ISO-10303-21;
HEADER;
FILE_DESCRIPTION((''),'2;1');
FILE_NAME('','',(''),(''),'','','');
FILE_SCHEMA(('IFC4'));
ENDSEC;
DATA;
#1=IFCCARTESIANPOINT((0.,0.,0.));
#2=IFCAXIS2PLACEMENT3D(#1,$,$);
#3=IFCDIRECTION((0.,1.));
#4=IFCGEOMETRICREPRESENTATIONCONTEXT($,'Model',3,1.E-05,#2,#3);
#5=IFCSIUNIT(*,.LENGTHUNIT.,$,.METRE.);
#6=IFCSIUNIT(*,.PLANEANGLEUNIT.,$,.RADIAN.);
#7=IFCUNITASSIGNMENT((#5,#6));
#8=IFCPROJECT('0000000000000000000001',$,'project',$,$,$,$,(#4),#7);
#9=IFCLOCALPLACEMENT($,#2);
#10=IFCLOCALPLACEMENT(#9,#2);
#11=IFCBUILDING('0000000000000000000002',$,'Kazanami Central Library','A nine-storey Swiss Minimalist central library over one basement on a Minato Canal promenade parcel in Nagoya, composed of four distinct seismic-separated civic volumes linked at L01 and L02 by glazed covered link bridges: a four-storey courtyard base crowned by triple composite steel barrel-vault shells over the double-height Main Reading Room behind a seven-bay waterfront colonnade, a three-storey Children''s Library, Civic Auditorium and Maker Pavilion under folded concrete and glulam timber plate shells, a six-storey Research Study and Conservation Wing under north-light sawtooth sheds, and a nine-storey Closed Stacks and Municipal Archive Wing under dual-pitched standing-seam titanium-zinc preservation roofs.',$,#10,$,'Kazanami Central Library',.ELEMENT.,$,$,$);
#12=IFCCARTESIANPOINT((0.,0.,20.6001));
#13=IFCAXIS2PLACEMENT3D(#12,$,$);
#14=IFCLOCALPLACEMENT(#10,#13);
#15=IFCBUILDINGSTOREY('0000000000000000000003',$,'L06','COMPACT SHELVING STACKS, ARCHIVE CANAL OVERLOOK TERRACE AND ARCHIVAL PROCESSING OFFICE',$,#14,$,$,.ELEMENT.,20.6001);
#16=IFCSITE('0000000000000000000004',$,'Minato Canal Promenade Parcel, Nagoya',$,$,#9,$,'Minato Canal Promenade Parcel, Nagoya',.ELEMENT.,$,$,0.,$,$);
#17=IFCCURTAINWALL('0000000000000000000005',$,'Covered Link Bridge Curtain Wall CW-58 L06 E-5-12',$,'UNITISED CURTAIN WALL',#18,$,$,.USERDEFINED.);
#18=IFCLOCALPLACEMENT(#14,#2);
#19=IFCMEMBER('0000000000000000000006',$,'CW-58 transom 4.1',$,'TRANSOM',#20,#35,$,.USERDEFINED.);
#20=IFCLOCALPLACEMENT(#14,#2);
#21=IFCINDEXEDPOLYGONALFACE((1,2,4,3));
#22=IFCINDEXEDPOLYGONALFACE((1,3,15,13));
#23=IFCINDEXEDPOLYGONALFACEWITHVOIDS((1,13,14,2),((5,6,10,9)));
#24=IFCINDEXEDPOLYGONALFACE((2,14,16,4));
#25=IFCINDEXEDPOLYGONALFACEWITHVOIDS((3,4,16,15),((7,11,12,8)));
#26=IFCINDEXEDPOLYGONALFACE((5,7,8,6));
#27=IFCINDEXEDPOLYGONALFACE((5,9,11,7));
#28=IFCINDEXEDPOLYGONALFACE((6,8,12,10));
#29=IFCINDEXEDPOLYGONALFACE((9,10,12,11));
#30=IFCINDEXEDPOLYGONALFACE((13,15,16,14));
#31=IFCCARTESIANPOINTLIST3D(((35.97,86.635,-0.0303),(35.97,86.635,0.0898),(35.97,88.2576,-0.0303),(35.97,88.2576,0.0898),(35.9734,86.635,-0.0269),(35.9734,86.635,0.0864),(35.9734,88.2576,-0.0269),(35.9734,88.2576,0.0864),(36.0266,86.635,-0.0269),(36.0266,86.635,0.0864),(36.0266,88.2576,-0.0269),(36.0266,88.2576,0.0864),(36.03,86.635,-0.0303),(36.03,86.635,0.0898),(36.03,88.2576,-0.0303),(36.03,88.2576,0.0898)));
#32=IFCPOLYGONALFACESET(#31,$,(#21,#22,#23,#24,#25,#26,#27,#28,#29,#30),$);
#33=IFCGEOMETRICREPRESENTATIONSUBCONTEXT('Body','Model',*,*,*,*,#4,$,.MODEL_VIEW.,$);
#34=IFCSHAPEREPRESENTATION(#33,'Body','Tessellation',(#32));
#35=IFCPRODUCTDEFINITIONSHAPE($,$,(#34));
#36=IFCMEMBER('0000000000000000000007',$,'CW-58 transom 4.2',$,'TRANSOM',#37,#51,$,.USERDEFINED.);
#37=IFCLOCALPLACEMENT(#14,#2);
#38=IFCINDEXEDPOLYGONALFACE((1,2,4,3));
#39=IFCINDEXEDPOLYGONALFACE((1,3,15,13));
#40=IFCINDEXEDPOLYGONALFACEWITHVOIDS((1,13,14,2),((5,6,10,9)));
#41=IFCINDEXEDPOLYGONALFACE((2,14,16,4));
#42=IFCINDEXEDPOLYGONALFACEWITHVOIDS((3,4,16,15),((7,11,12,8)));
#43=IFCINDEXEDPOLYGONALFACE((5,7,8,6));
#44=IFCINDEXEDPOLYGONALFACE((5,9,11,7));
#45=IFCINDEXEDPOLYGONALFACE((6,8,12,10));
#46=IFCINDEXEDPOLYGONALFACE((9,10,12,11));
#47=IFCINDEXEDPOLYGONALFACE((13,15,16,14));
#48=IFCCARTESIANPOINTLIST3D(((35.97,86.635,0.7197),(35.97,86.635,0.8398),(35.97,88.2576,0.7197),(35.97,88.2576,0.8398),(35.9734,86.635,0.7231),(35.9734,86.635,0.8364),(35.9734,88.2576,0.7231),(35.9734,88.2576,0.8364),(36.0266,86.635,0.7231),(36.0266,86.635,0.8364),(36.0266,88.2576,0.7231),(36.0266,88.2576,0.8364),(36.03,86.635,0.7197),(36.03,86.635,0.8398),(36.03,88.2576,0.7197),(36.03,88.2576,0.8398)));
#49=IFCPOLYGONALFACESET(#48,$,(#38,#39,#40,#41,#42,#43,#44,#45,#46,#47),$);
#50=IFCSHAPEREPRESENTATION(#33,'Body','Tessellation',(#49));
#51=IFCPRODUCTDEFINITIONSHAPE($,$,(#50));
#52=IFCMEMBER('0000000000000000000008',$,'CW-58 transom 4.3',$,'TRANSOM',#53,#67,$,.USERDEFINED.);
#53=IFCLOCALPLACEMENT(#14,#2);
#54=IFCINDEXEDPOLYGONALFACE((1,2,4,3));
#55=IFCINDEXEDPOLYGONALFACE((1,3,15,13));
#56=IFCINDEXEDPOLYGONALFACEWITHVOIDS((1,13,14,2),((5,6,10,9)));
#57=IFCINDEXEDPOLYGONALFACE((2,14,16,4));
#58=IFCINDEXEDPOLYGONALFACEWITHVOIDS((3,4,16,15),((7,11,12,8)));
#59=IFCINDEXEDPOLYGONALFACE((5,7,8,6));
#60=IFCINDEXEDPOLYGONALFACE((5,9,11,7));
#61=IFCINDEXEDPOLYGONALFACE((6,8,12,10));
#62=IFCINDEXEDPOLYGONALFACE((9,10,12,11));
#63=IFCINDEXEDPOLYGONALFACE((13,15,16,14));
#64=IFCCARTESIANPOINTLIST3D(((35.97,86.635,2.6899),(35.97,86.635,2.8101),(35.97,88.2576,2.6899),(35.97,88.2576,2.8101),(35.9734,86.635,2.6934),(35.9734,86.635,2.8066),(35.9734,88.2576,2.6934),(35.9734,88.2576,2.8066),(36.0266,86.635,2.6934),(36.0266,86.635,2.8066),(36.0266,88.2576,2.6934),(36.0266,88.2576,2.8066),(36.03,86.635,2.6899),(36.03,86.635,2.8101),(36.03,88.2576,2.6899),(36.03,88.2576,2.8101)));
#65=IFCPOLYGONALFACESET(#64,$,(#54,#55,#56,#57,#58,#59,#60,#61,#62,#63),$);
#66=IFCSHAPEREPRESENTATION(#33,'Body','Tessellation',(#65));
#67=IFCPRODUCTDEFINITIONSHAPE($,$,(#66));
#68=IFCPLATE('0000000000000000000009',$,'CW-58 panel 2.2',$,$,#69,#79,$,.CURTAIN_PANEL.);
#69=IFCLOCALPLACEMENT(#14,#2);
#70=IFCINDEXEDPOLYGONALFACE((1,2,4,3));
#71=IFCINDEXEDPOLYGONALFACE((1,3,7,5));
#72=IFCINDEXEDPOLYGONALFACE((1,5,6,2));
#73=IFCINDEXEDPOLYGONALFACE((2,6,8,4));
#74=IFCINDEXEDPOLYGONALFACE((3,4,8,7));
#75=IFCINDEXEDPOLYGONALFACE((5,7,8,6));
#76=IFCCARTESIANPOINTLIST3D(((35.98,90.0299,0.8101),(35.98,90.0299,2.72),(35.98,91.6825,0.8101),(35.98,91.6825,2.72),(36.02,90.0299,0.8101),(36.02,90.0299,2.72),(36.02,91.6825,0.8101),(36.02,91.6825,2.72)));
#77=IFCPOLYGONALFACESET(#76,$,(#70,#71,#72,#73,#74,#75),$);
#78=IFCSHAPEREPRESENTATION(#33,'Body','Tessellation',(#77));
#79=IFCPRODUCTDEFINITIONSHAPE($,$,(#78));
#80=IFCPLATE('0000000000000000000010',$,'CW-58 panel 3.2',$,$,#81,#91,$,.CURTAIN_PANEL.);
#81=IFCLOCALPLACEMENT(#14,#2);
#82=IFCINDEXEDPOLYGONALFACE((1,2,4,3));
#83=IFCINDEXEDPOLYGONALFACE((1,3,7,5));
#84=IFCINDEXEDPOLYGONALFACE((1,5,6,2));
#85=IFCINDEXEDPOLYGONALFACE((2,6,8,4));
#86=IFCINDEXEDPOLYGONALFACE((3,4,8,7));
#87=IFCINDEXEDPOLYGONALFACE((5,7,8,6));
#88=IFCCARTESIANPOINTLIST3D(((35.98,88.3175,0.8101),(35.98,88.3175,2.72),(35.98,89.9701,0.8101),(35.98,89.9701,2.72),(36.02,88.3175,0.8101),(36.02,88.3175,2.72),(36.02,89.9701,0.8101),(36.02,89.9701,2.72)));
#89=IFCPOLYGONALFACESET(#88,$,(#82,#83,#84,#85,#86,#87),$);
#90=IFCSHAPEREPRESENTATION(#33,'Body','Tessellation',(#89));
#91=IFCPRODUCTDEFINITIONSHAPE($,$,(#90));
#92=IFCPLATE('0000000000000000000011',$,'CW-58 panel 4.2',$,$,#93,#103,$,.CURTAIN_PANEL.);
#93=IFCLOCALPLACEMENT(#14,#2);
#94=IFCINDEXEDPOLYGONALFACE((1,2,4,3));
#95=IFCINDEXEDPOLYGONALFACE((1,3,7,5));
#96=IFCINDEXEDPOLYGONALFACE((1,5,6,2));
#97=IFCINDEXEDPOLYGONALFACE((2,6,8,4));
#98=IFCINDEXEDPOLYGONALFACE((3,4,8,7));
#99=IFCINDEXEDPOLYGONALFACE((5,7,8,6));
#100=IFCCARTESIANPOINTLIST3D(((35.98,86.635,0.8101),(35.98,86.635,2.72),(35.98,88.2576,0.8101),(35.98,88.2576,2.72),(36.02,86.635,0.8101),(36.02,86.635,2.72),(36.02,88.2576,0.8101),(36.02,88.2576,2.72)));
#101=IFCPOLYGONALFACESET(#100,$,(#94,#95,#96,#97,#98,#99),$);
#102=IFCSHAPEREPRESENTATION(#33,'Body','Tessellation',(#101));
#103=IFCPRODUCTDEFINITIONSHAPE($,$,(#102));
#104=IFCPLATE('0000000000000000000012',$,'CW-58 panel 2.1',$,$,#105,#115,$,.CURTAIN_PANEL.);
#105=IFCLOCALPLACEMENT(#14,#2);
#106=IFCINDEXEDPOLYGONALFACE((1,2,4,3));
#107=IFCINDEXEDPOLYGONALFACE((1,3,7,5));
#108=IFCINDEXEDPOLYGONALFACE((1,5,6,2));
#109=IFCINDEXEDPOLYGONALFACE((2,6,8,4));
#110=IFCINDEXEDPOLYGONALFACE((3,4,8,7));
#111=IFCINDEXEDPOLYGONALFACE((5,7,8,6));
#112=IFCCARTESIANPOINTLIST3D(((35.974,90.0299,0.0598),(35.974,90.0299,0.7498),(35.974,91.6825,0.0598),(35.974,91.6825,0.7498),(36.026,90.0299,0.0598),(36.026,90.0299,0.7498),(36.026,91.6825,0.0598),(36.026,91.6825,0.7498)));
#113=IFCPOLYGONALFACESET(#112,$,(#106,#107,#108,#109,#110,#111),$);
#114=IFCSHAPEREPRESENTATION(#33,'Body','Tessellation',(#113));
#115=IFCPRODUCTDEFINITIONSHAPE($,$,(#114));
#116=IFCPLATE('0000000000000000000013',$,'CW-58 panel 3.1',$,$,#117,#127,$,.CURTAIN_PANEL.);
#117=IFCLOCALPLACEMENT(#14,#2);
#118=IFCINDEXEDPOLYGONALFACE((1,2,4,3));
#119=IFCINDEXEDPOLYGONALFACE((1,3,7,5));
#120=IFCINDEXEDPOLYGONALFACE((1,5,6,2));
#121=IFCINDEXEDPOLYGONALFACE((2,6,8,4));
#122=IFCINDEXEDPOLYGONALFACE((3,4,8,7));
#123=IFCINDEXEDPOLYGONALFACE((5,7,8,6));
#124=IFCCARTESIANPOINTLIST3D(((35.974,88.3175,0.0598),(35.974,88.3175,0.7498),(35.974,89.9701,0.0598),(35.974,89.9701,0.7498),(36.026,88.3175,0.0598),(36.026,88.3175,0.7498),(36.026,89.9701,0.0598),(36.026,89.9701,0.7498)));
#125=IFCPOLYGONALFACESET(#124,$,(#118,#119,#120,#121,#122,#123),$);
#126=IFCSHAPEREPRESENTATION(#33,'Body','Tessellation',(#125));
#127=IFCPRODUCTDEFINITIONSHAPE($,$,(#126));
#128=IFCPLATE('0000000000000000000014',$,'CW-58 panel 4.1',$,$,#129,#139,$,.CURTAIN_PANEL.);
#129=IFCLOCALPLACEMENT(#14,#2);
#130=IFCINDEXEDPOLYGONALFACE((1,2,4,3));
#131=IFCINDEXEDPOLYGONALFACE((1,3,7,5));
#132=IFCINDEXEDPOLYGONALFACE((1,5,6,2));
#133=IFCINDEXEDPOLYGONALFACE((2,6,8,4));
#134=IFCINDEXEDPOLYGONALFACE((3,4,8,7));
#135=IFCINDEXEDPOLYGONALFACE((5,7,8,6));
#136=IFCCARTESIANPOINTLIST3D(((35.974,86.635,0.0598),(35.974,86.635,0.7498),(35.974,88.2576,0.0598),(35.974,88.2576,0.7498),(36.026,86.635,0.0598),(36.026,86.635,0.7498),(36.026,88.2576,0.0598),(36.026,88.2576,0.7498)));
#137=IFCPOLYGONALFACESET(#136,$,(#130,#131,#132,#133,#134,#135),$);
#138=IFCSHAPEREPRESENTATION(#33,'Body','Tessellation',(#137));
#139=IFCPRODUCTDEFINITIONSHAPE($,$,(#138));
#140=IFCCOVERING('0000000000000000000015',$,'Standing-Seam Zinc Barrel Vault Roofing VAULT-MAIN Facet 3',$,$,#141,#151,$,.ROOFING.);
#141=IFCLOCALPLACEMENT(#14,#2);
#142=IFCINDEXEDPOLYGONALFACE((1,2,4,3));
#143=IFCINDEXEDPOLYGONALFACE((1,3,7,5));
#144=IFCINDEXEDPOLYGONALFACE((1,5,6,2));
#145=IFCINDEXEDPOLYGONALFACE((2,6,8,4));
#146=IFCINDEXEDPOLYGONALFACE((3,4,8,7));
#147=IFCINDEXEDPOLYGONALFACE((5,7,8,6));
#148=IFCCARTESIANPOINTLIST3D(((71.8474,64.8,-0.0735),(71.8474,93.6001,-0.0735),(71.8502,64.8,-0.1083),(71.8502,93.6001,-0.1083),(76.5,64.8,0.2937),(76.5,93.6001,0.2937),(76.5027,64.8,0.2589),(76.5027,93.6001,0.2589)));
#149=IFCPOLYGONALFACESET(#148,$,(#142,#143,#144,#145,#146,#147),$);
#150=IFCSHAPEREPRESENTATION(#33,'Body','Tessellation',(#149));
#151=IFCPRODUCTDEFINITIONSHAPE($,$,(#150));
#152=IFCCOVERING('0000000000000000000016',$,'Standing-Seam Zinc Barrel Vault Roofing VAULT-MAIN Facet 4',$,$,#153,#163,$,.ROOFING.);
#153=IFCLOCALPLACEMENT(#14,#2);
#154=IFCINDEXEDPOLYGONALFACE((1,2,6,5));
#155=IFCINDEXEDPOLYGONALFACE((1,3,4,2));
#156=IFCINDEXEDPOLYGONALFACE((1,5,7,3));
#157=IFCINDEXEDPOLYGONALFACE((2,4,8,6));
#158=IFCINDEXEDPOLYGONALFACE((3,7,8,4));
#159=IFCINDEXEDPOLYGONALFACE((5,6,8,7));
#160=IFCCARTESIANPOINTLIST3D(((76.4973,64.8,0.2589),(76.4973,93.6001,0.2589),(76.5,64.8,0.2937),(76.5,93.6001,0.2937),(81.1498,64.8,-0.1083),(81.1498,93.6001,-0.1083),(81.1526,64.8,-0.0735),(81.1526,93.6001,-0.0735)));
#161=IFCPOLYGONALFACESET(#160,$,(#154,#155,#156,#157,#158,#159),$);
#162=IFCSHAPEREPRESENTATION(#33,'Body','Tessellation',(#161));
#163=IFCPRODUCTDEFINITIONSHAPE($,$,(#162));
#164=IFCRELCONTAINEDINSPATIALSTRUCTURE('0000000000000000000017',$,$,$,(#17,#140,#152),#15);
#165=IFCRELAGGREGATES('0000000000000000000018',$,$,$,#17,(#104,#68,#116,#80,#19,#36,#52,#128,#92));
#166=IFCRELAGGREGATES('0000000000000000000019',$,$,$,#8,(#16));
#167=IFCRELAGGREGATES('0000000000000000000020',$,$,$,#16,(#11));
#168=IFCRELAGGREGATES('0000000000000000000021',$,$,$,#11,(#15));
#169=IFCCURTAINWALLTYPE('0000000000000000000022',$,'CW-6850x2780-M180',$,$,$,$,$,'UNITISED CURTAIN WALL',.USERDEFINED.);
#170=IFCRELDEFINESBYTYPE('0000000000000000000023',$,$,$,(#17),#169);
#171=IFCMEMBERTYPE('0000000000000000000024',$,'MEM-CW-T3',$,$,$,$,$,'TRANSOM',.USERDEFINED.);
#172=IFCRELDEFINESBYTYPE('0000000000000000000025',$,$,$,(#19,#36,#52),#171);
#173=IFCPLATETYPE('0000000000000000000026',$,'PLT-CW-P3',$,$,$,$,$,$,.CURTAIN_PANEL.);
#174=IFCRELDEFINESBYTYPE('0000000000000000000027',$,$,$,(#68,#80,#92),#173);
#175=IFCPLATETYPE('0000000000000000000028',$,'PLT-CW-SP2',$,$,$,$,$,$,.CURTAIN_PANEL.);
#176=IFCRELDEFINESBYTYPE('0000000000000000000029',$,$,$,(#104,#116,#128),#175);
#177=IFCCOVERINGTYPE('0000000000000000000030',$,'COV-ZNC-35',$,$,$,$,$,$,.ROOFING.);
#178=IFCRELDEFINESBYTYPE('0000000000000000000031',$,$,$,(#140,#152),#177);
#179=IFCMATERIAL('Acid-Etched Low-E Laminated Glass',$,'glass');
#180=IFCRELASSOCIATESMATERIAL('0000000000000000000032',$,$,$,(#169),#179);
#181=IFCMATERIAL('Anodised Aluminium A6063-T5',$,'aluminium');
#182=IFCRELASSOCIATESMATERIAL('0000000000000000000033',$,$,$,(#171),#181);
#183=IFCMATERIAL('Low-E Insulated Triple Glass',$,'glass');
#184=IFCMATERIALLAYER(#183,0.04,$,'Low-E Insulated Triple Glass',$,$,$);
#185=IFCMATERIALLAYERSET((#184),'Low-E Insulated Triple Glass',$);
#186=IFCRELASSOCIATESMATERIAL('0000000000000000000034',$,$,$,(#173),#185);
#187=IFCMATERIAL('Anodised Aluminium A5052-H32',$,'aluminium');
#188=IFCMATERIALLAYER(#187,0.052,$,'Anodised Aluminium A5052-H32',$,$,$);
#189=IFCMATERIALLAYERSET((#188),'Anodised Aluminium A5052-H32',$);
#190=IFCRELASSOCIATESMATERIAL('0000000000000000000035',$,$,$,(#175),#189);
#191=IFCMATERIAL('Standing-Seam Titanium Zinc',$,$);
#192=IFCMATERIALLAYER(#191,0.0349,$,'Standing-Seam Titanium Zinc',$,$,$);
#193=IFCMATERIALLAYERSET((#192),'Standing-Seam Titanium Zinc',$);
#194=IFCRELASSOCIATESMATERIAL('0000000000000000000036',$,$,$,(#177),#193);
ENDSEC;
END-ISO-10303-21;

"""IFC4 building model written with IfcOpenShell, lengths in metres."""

from ifc_helpers import new_model, si_unit, direction, frame, origin, origin_2d, place, context, subcontext, project, spatial, polyline, rectangle, hollow_rectangle, outline, extrude, material, layer, layer_set, material_profile, profile_set, type_object, element, aggregate, save


model = new_model("IFC4")

# Units and contexts
model_context = context("Model", 3, precision=1e-05, world=origin(), true_north=direction((0.0, 1.0)))
body_context = subcontext(model_context, "Body", "Model", "MODEL_VIEW")
ifc_project = project(units=[si_unit("LENGTHUNIT", "METRE"), si_unit("PLANEANGLEUNIT", "RADIAN")], contexts=[model_context])

# Site, building, storey
site_placement = place(None, origin())
site = spatial("IfcSite", under=ifc_project, at=site_placement, Name="Minato Canal Promenade Parcel, Nagoya", LongName="Minato Canal Promenade Parcel, Nagoya", CompositionType="ELEMENT", RefElevation=0.0)
building_placement = place(site_placement, origin())
building = spatial("IfcBuilding", under=site, at=building_placement, Name="Kazanami Central Library", Description="A nine-storey Swiss Minimalist central library over one basement on a Minato Canal promenade parcel in Nagoya, composed of four distinct seismic-separated civic volumes linked at L01 and L02 by glazed covered link bridges: a four-storey courtyard base crowned by triple composite steel barrel-vault shells over the double-height Main Reading Room behind a seven-bay waterfront colonnade, a three-storey Children's Library, Civic Auditorium and Maker Pavilion under folded concrete and glulam timber plate shells, a six-storey Research Study and Conservation Wing under north-light sawtooth sheds, and a nine-storey Closed Stacks and Municipal Archive Wing under dual-pitched standing-seam titanium-zinc preservation roofs.", LongName="Kazanami Central Library", CompositionType="ELEMENT")
storey_placement = place(building_placement, frame((0.0, 0.0, 20.6001)))
storey = spatial("IfcBuildingStorey", under=building, at=storey_placement, Name="L06", Description="COMPACT SHELVING STACKS, ARCHIVE CANAL OVERLOOK TERRACE AND ARCHIVAL PROCESSING OFFICE", CompositionType="ELEMENT", Elevation=20.6001)

# Curtain wall, members, plates
ifc_material_1 = material(Name="Acid-Etched Low-E Laminated Glass", Category="glass")
curtain_wall_type = type_object("IfcCurtainWallType", Name="CW-6850x2780-M180", ElementType="UNITISED CURTAIN WALL", PredefinedType="USERDEFINED", material=ifc_material_1)
curtain_wall_placement = place(storey_placement, origin())
curtain_wall = element("IfcCurtainWall", 1, at=curtain_wall_placement, inside=storey, type_object=curtain_wall_type, Name="Covered Link Bridge Curtain Wall CW-58 L06 E-5-12", ObjectType="UNITISED CURTAIN WALL", PredefinedType="USERDEFINED")
ifc_material_2 = material(Name="Anodised Aluminium A6063-T5", Category="aluminium")
ifc_material_profile_1 = material_profile(ifc_material_2, hollow_rectangle(XDim=0.0601, YDim=0.1201, WallThickness=0.0034, at=origin_2d()), Name="ALU-TRAN-60x120x3.5")
ifc_profile_set_1 = profile_set([ifc_material_profile_1], Name="Anodised Aluminium A6063-T5")
member_type = type_object("IfcMemberType", Name="MEM-CW-T3", ElementType="TRANSOM", PredefinedType="USERDEFINED", material=ifc_profile_set_1)
member_1_placement = place(storey_placement, frame((36.0, 88.2576, 0.0298), z_axis=(0.0, -1.0, 0.0), x_axis=(1.0, 0.0, 0.0)))
member_1 = element("IfcMember", 2, at=member_1_placement, type_object=member_type, Name="CW-58 transom 4.1", ObjectType="TRANSOM", PredefinedType="USERDEFINED", context=body_context, shape_type="SweptSolid", body=[
    extrude(hollow_rectangle(XDim=0.0601, YDim=0.1201, WallThickness=0.0034, at=origin_2d()), origin(), (0.0, 0.0, 1.0), 1.6226),
])
member_2_placement = place(storey_placement, frame((36.0, 88.2576, 0.7798), z_axis=(0.0, -1.0, 0.0), x_axis=(1.0, 0.0, 0.0)))
member_2 = element("IfcMember", 3, at=member_2_placement, type_object=member_type, Name="CW-58 transom 4.2", ObjectType="TRANSOM", PredefinedType="USERDEFINED", context=body_context, shape_type="SweptSolid", body=[
    extrude(hollow_rectangle(XDim=0.0601, YDim=0.1201, WallThickness=0.0034, at=origin_2d()), origin(), (0.0, 0.0, 1.0), 1.6226),
])
member_3_placement = place(storey_placement, frame((36.0, 88.2576, 2.75), z_axis=(0.0, -1.0, 0.0), x_axis=(1.0, 0.0, 0.0)))
member_3 = element("IfcMember", 4, at=member_3_placement, type_object=member_type, Name="CW-58 transom 4.3", ObjectType="TRANSOM", PredefinedType="USERDEFINED", context=body_context, shape_type="SweptSolid", body=[
    extrude(hollow_rectangle(XDim=0.0601, YDim=0.1201, WallThickness=0.0034, at=origin_2d()), origin(), (0.0, 0.0, 1.0), 1.6226),
])
ifc_material_3 = material(Name="Low-E Insulated Triple Glass", Category="glass")
ifc_layer_1 = layer(ifc_material_3, 0.04, Name="Low-E Insulated Triple Glass")
ifc_layer_set_1 = layer_set([ifc_layer_1], Name="Low-E Insulated Triple Glass")
plate_type_1 = type_object("IfcPlateType", Name="PLT-CW-P3", PredefinedType="CURTAIN_PANEL", material=ifc_layer_set_1)
plate_1_placement = place(storey_placement, frame((36.0, 90.8562, 0.8101), z_axis=(0.0, 0.0, 1.0), x_axis=(0.0, -1.0, 0.0)))
plate_1 = element("IfcPlate", 5, at=plate_1_placement, type_object=plate_type_1, Name="CW-58 panel 2.2", PredefinedType="CURTAIN_PANEL", context=body_context, shape_type="SweptSolid", body=[
    extrude(rectangle(XDim=1.6526, YDim=0.04, at=origin_2d()), origin(), (0.0, 0.0, 1.0), 1.9099),
])
plate_2_placement = place(storey_placement, frame((36.0, 89.1438, 0.8101), z_axis=(0.0, 0.0, 1.0), x_axis=(0.0, -1.0, 0.0)))
plate_2 = element("IfcPlate", 6, at=plate_2_placement, type_object=plate_type_1, Name="CW-58 panel 3.2", PredefinedType="CURTAIN_PANEL", context=body_context, shape_type="SweptSolid", body=[
    extrude(rectangle(XDim=1.6526, YDim=0.04, at=origin_2d()), origin(), (0.0, 0.0, 1.0), 1.9099),
])
plate_3_placement = place(storey_placement, frame((36.0, 87.4463, 0.8101), z_axis=(0.0, 0.0, 1.0), x_axis=(0.0, -1.0, 0.0)))
plate_3 = element("IfcPlate", 7, at=plate_3_placement, type_object=plate_type_1, Name="CW-58 panel 4.2", PredefinedType="CURTAIN_PANEL", context=body_context, shape_type="SweptSolid", body=[
    extrude(rectangle(XDim=1.6226, YDim=0.04, at=origin_2d()), origin(), (0.0, 0.0, 1.0), 1.9099),
])
ifc_material_4 = material(Name="Anodised Aluminium A5052-H32", Category="aluminium")
ifc_layer_2 = layer(ifc_material_4, 0.052, Name="Anodised Aluminium A5052-H32")
ifc_layer_set_2 = layer_set([ifc_layer_2], Name="Anodised Aluminium A5052-H32")
plate_type_2 = type_object("IfcPlateType", Name="PLT-CW-SP2", PredefinedType="CURTAIN_PANEL", material=ifc_layer_set_2)
plate_4_placement = place(storey_placement, frame((36.0, 90.8562, 0.0598), z_axis=(0.0, 0.0, 1.0), x_axis=(0.0, -1.0, 0.0)))
plate_4 = element("IfcPlate", 8, at=plate_4_placement, type_object=plate_type_2, Name="CW-58 panel 2.1", PredefinedType="CURTAIN_PANEL", context=body_context, shape_type="SweptSolid", body=[
    extrude(rectangle(XDim=1.6526, YDim=0.052, at=origin_2d()), origin(), (0.0, 0.0, 1.0), 0.6899),
])
plate_5_placement = place(storey_placement, frame((36.0, 89.1438, 0.0598), z_axis=(0.0, 0.0, 1.0), x_axis=(0.0, -1.0, 0.0)))
plate_5 = element("IfcPlate", 9, at=plate_5_placement, type_object=plate_type_2, Name="CW-58 panel 3.1", PredefinedType="CURTAIN_PANEL", context=body_context, shape_type="SweptSolid", body=[
    extrude(rectangle(XDim=1.6526, YDim=0.052, at=origin_2d()), origin(), (0.0, 0.0, 1.0), 0.6899),
])
plate_6_placement = place(storey_placement, frame((36.0, 87.4463, 0.0598), z_axis=(0.0, 0.0, 1.0), x_axis=(0.0, -1.0, 0.0)))
plate_6 = element("IfcPlate", 10, at=plate_6_placement, type_object=plate_type_2, Name="CW-58 panel 4.1", PredefinedType="CURTAIN_PANEL", context=body_context, shape_type="SweptSolid", body=[
    extrude(rectangle(XDim=1.6226, YDim=0.052, at=origin_2d()), origin(), (0.0, 0.0, 1.0), 0.6899),
])
aggregate(curtain_wall, [plate_4, plate_1, plate_5, plate_2, member_1, member_2, member_3, plate_6, plate_3])

# Coverings
ifc_material_5 = material(Name="Standing-Seam Titanium Zinc")
ifc_layer_3 = layer(ifc_material_5, 0.0349, Name="Standing-Seam Titanium Zinc")
ifc_layer_set_3 = layer_set([ifc_layer_3], Name="Standing-Seam Titanium Zinc")
covering_type = type_object("IfcCoveringType", Name="COV-ZNC-35", PredefinedType="ROOFING", material=ifc_layer_set_3)
for number, where, z_axis, x_axis, name in (
    (11, (71.8474, 64.8, -0.0735), (-0.078676, 0.0, 0.9969), (0.9969, 0.0, 0.078676), "Standing-Seam Zinc Barrel Vault Roofing VAULT-MAIN Facet 3"),
    (12, (76.5, 64.8, 0.2937), (0.078676, 0.0, 0.9969), (0.9969, 0.0, -0.078676), "Standing-Seam Zinc Barrel Vault Roofing VAULT-MAIN Facet 4"),
):
    element("IfcCovering", number, at=place(storey_placement, frame(where, z_axis=z_axis, x_axis=x_axis)), inside=storey, type_object=covering_type, Name=name, PredefinedType="ROOFING", context=body_context, shape_type="SweptSolid", body=[
        extrude(outline(polyline([(0.0, 0.0), (4.6671, 0.0), (4.6671, 28.8), (0.0, 28.8), (0.0, 0.0)])), origin(), (0.0, 0.0, -1.0), 0.0349),
    ])

save(model, "model.ifc")
